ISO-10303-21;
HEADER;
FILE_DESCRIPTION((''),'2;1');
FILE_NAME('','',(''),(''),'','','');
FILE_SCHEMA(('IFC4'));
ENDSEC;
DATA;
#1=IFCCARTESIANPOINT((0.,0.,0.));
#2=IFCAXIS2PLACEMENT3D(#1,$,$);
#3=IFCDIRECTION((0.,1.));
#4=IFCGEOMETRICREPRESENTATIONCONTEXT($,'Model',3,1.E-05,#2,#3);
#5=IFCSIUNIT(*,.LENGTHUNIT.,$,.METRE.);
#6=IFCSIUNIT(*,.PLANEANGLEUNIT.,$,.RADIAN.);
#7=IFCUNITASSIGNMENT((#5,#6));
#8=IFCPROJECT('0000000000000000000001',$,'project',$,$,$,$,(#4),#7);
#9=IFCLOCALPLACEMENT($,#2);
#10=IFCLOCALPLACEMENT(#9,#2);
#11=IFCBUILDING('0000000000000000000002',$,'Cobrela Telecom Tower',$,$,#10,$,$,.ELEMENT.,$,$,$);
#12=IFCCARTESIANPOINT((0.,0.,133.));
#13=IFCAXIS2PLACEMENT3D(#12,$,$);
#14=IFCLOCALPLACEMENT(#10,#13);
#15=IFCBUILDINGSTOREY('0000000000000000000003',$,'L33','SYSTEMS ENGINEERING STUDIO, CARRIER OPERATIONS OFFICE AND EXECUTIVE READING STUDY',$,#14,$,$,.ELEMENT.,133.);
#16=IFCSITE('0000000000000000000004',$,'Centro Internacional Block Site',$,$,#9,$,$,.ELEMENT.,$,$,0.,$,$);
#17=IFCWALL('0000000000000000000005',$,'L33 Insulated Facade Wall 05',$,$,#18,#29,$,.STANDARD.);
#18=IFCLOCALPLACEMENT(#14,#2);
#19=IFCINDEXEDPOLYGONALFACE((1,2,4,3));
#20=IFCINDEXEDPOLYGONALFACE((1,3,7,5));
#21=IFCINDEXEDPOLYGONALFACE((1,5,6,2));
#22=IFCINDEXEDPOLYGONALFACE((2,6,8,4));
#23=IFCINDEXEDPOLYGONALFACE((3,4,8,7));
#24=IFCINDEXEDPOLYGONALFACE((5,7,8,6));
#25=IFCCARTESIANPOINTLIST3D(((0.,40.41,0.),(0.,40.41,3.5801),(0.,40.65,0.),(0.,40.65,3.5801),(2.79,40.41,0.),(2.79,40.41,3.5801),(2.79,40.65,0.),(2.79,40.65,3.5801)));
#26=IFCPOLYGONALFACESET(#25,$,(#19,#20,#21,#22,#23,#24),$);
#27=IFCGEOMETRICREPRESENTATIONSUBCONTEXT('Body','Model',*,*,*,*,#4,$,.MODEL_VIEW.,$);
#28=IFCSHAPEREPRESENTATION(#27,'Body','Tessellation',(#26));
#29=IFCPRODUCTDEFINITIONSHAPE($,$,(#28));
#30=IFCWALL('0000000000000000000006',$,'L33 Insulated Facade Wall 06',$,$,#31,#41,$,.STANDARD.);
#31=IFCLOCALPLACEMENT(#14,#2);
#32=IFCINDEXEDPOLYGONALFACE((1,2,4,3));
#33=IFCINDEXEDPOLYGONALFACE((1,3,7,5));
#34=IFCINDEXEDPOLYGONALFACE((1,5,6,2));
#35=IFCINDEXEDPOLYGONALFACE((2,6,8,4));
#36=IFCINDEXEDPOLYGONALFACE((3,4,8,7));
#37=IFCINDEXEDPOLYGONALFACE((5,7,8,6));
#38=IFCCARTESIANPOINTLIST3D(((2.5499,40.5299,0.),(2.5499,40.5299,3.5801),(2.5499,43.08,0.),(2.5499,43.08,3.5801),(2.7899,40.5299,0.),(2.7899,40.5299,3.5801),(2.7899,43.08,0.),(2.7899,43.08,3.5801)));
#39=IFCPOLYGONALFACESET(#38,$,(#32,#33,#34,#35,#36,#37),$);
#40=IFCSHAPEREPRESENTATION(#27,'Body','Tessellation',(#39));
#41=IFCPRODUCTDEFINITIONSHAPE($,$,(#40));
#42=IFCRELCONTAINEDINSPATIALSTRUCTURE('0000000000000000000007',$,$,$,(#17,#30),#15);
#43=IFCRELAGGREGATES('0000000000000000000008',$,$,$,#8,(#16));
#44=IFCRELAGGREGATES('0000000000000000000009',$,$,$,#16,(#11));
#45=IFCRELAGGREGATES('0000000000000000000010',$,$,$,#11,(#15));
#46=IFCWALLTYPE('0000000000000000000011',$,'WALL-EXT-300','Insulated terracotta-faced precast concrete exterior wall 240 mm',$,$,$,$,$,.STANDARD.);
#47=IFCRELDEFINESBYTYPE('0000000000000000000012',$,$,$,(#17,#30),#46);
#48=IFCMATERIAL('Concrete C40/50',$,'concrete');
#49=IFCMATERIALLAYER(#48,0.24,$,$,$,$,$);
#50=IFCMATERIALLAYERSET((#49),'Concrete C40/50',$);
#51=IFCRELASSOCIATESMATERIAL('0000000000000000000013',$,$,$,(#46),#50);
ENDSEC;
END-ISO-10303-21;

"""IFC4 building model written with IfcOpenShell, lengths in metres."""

from ifc_helpers import new_model, si_unit, direction, frame, frame_2d, origin, place, context, subcontext, project, spatial, rectangle, extrude, material, layer, layer_set, type_object, element, save


model = new_model("IFC4")

# Units and contexts
model_context = context("Model", 3, precision=1e-05, world=origin(), true_north=direction((0.0, 1.0)))
body_context = subcontext(model_context, "Body", "Model", "MODEL_VIEW")
ifc_project = project(units=[si_unit("LENGTHUNIT", "METRE"), si_unit("PLANEANGLEUNIT", "RADIAN")], contexts=[model_context])

# Site, building, storey
site_placement = place(None, origin())
site = spatial("IfcSite", under=ifc_project, at=site_placement, Name="Centro Internacional Block Site", CompositionType="ELEMENT", RefElevation=0.0)
building_placement = place(site_placement, origin())
building = spatial("IfcBuilding", under=site, at=building_placement, Name="Cobrela Telecom Tower", CompositionType="ELEMENT")
storey_placement = place(building_placement, frame((0.0, 0.0, 133.0)))
storey = spatial("IfcBuildingStorey", under=building, at=storey_placement, Name="L33", Description="SYSTEMS ENGINEERING STUDIO, CARRIER OPERATIONS OFFICE AND EXECUTIVE READING STUDY", CompositionType="ELEMENT", Elevation=133.0)

# Walls
ifc_material_1 = material(Name="Concrete C40/50", Category="concrete")
ifc_layer_1 = layer(ifc_material_1, 0.24)
ifc_layer_set_1 = layer_set([ifc_layer_1], Name="Concrete C40/50")
wall_type = type_object("IfcWallType", Name="WALL-EXT-300", Description="Insulated terracotta-faced precast concrete exterior wall 240 mm", PredefinedType="STANDARD", material=ifc_layer_set_1)
wall_1_placement = place(storey_placement, frame((0.0, 40.53, 0.0), z_axis=(0.0, 0.0, 1.0), x_axis=(1.0, 0.0, 0.0)))
element("IfcWall", 1, at=wall_1_placement, inside=storey, type_object=wall_type, Name="L33 Insulated Facade Wall 05", PredefinedType="STANDARD", context=body_context, shape_type="SweptSolid", body=[
    extrude(rectangle(XDim=2.79, YDim=0.24, at=frame_2d((1.395, 0.0))), origin(), (0.0, 0.0, 1.0), 3.5801),
])
wall_2_placement = place(storey_placement, frame((2.6699, 40.53, 0.0), z_axis=(0.0, 0.0, 1.0), x_axis=(0.0, 1.0, 0.0)))
element("IfcWall", 2, at=wall_2_placement, inside=storey, type_object=wall_type, Name="L33 Insulated Facade Wall 06", PredefinedType="STANDARD", context=body_context, shape_type="SweptSolid", body=[
    extrude(rectangle(XDim=2.55, YDim=0.24, at=frame_2d((1.2749, 0.0))), origin(), (0.0, 0.0, 1.0), 3.5801),
])

save(model, "model.ifc")
